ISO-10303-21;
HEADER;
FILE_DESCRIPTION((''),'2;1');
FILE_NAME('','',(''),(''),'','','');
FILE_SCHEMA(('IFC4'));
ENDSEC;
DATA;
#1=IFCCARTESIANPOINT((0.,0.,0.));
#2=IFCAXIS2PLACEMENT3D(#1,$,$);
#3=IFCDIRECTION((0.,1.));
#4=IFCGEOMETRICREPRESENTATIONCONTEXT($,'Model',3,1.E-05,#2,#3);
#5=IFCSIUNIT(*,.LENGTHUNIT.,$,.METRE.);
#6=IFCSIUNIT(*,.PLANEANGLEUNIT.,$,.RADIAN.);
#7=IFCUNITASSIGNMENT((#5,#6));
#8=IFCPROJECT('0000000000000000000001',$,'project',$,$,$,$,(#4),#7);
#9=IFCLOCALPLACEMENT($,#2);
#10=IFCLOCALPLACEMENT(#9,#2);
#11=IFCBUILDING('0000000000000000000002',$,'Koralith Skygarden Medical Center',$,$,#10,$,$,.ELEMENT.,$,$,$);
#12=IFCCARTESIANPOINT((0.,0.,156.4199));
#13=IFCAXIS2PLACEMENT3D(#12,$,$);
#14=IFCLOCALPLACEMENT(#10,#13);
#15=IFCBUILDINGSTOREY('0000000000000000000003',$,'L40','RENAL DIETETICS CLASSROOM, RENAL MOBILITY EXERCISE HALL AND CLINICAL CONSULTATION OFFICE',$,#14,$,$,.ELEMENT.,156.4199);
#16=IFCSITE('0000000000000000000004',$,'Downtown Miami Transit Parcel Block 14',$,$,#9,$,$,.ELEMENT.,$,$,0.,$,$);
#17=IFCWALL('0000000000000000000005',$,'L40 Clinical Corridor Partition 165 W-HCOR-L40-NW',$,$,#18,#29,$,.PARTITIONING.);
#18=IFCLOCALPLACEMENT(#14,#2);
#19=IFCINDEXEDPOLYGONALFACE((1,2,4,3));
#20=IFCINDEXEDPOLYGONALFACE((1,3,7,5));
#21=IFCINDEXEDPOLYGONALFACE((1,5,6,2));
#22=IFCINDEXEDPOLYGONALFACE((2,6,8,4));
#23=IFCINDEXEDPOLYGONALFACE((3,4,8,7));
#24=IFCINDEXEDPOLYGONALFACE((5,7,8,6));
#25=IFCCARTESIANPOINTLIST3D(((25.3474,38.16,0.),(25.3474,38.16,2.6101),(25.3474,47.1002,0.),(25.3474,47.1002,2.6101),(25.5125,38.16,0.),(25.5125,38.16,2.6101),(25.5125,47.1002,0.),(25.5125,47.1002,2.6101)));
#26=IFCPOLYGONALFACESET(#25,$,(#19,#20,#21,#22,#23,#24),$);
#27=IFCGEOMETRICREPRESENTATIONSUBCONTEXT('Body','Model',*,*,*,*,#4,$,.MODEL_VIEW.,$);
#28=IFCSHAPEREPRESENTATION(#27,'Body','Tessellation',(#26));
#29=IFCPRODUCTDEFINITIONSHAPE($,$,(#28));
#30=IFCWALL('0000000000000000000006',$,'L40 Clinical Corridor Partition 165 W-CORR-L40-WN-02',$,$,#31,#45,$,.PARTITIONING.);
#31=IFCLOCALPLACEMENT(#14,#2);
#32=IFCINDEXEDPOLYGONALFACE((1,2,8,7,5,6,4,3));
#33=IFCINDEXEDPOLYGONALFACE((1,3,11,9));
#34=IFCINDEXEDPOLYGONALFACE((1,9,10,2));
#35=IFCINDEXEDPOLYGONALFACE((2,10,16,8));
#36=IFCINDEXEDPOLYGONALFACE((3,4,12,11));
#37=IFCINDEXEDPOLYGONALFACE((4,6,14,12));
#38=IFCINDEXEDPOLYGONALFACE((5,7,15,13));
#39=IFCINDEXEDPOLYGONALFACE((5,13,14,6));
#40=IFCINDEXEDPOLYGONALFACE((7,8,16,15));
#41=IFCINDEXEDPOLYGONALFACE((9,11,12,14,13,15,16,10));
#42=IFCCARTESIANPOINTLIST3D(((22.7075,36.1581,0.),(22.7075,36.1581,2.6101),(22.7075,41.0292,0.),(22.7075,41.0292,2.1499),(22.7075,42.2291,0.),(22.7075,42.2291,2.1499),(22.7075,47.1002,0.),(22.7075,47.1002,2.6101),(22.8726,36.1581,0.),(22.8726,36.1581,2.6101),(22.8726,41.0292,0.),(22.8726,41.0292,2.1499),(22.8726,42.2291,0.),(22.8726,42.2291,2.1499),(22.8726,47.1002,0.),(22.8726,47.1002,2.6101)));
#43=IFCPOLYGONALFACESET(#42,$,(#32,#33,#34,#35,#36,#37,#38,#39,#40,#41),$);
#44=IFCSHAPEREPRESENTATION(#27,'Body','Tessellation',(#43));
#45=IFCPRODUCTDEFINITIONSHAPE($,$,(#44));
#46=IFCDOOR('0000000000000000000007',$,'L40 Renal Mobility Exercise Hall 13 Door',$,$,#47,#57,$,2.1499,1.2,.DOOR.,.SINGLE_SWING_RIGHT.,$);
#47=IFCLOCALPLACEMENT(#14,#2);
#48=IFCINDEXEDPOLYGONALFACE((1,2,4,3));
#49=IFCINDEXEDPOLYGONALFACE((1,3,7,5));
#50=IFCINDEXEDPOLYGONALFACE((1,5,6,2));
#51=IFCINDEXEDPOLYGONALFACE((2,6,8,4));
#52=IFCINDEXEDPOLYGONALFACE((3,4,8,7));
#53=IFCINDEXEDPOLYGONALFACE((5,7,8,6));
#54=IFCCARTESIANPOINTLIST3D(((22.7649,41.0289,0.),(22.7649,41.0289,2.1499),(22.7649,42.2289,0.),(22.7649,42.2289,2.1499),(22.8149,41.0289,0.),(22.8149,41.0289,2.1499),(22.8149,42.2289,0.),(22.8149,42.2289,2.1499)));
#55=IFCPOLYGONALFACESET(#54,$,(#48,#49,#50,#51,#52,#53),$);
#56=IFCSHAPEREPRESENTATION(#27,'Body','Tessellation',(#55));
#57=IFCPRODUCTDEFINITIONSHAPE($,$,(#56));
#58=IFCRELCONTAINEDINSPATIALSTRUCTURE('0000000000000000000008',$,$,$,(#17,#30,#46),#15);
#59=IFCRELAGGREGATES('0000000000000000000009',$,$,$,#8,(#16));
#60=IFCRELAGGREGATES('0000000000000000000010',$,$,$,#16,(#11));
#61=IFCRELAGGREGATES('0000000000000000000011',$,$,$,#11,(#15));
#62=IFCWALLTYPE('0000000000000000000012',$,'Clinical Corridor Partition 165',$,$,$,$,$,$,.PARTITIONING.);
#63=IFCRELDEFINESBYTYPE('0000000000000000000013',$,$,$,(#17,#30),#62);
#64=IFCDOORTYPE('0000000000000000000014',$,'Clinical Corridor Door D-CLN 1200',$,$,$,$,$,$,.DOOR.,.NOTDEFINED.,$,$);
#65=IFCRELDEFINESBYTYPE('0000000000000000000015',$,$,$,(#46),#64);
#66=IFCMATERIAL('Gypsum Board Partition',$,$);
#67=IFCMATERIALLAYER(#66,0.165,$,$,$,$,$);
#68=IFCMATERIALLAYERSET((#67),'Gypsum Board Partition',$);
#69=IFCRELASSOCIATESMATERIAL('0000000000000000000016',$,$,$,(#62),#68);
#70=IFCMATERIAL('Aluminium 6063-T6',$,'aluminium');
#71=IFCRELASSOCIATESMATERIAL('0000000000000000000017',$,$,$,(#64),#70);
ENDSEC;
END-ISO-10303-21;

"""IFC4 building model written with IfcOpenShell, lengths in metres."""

from ifc_helpers import new_model, si_unit, direction, frame, frame_2d, origin, place, context, subcontext, project, spatial, rectangle, extrude, material, layer, layer_set, type_object, element, fill, save


model = new_model("IFC4")

# Units and contexts
model_context = context("Model", 3, precision=1e-05, world=origin(), true_north=direction((0.0, 1.0)))
body_context = subcontext(model_context, "Body", "Model", "MODEL_VIEW")
ifc_project = project(units=[si_unit("LENGTHUNIT", "METRE"), si_unit("PLANEANGLEUNIT", "RADIAN")], contexts=[model_context])

# Site, building, storey
site_placement = place(None, origin())
site = spatial("IfcSite", under=ifc_project, at=site_placement, Name="Downtown Miami Transit Parcel Block 14", CompositionType="ELEMENT", RefElevation=0.0)
building_placement = place(site_placement, origin())
building = spatial("IfcBuilding", under=site, at=building_placement, Name="Koralith Skygarden Medical Center", CompositionType="ELEMENT")
storey_placement = place(building_placement, frame((0.0, 0.0, 156.4199)))
storey = spatial("IfcBuildingStorey", under=building, at=storey_placement, Name="L40", Description="RENAL DIETETICS CLASSROOM, RENAL MOBILITY EXERCISE HALL AND CLINICAL CONSULTATION OFFICE", CompositionType="ELEMENT", Elevation=156.4199)

# Shared definitions
ifc_material_1 = material(Name="Aluminium 6063-T6", Category="aluminium")

# Wall
ifc_material_2 = material(Name="Gypsum Board Partition")
ifc_layer_1 = layer(ifc_material_2, 0.165)
ifc_layer_set_1 = layer_set([ifc_layer_1], Name="Gypsum Board Partition")
wall_type_1 = type_object("IfcWallType", Name="Clinical Corridor Partition 165", PredefinedType="PARTITIONING", material=ifc_layer_set_1)
wall_1_placement = place(storey_placement, frame((25.4299, 38.1599, 0.0), z_axis=(0.0, 0.0, 1.0), x_axis=(0.0, 1.0, 0.0)))
element("IfcWall", 1, at=wall_1_placement, inside=storey, type_object=wall_type_1, Name="L40 Clinical Corridor Partition 165 W-HCOR-L40-NW", PredefinedType="PARTITIONING", context=body_context, shape_type="SweptSolid", body=[
    extrude(rectangle(XDim=8.9402, YDim=0.165, at=frame_2d((4.4702, 0.0))), origin(), (0.0, 0.0, 1.0), 2.6101),
])

# Wall, opening, door
door_type = type_object("IfcDoorType", Name="Clinical Corridor Door D-CLN 1200", OperationType="NOTDEFINED", PredefinedType="DOOR", material=ifc_material_1)
wall_2_placement = place(storey_placement, frame((22.79, 36.158, 0.0), z_axis=(0.0, 0.0, 1.0), x_axis=(0.0, 1.0, 0.0)))
wall_2 = element("IfcWall", 2, at=wall_2_placement, inside=storey, type_object=wall_type_1, Name="L40 Clinical Corridor Partition 165 W-CORR-L40-WN-02", PredefinedType="PARTITIONING", context=body_context, shape_type="SweptSolid", body=[
    extrude(rectangle(XDim=10.9421, YDim=0.165, at=frame_2d((5.4712, 0.0))), origin(), (0.0, 0.0, 1.0), 2.6101),
])
opening_1_placement = place(wall_2_placement, frame((4.8711, 0.0, 0.0)))
opening_1 = element("IfcOpeningElement", 3, at=opening_1_placement, cuts=wall_2, PredefinedType="OPENING", context=body_context, shape_type="SweptSolid", body=[
    extrude(rectangle(XDim=1.2, YDim=2.1499, at=frame_2d((0.6001, 1.075))), frame((0.0, 0.0925, 0.0), z_axis=(0.0, -1.0, 0.0), x_axis=(1.0, 0.0, 0.0)), (0.0, 0.0, 1.0), 0.1851),
])
door_1_placement = place(opening_1_placement, frame((1.2, 0.0, 0.0), z_axis=(0.0, 0.0, 1.0), x_axis=(-1.0, 0.0, 0.0)))
door_1 = element("IfcDoor", 4, at=door_1_placement, inside=storey, type_object=door_type, Name="L40 Renal Mobility Exercise Hall 13 Door", OperationType="SINGLE_SWING_RIGHT", OverallHeight=2.1499, OverallWidth=1.2, PredefinedType="DOOR", context=body_context, shape_type="SweptSolid", body=[
    extrude(rectangle(XDim=1.2, YDim=2.1499, at=frame_2d((0.6001, 1.075))), frame((0.0, 0.0249, 0.0), z_axis=(0.0, -1.0, 0.0), x_axis=(1.0, 0.0, 0.0)), (0.0, 0.0, 1.0), 0.05),
])
fill(opening_1, door_1)

save(model, "model.ifc")
